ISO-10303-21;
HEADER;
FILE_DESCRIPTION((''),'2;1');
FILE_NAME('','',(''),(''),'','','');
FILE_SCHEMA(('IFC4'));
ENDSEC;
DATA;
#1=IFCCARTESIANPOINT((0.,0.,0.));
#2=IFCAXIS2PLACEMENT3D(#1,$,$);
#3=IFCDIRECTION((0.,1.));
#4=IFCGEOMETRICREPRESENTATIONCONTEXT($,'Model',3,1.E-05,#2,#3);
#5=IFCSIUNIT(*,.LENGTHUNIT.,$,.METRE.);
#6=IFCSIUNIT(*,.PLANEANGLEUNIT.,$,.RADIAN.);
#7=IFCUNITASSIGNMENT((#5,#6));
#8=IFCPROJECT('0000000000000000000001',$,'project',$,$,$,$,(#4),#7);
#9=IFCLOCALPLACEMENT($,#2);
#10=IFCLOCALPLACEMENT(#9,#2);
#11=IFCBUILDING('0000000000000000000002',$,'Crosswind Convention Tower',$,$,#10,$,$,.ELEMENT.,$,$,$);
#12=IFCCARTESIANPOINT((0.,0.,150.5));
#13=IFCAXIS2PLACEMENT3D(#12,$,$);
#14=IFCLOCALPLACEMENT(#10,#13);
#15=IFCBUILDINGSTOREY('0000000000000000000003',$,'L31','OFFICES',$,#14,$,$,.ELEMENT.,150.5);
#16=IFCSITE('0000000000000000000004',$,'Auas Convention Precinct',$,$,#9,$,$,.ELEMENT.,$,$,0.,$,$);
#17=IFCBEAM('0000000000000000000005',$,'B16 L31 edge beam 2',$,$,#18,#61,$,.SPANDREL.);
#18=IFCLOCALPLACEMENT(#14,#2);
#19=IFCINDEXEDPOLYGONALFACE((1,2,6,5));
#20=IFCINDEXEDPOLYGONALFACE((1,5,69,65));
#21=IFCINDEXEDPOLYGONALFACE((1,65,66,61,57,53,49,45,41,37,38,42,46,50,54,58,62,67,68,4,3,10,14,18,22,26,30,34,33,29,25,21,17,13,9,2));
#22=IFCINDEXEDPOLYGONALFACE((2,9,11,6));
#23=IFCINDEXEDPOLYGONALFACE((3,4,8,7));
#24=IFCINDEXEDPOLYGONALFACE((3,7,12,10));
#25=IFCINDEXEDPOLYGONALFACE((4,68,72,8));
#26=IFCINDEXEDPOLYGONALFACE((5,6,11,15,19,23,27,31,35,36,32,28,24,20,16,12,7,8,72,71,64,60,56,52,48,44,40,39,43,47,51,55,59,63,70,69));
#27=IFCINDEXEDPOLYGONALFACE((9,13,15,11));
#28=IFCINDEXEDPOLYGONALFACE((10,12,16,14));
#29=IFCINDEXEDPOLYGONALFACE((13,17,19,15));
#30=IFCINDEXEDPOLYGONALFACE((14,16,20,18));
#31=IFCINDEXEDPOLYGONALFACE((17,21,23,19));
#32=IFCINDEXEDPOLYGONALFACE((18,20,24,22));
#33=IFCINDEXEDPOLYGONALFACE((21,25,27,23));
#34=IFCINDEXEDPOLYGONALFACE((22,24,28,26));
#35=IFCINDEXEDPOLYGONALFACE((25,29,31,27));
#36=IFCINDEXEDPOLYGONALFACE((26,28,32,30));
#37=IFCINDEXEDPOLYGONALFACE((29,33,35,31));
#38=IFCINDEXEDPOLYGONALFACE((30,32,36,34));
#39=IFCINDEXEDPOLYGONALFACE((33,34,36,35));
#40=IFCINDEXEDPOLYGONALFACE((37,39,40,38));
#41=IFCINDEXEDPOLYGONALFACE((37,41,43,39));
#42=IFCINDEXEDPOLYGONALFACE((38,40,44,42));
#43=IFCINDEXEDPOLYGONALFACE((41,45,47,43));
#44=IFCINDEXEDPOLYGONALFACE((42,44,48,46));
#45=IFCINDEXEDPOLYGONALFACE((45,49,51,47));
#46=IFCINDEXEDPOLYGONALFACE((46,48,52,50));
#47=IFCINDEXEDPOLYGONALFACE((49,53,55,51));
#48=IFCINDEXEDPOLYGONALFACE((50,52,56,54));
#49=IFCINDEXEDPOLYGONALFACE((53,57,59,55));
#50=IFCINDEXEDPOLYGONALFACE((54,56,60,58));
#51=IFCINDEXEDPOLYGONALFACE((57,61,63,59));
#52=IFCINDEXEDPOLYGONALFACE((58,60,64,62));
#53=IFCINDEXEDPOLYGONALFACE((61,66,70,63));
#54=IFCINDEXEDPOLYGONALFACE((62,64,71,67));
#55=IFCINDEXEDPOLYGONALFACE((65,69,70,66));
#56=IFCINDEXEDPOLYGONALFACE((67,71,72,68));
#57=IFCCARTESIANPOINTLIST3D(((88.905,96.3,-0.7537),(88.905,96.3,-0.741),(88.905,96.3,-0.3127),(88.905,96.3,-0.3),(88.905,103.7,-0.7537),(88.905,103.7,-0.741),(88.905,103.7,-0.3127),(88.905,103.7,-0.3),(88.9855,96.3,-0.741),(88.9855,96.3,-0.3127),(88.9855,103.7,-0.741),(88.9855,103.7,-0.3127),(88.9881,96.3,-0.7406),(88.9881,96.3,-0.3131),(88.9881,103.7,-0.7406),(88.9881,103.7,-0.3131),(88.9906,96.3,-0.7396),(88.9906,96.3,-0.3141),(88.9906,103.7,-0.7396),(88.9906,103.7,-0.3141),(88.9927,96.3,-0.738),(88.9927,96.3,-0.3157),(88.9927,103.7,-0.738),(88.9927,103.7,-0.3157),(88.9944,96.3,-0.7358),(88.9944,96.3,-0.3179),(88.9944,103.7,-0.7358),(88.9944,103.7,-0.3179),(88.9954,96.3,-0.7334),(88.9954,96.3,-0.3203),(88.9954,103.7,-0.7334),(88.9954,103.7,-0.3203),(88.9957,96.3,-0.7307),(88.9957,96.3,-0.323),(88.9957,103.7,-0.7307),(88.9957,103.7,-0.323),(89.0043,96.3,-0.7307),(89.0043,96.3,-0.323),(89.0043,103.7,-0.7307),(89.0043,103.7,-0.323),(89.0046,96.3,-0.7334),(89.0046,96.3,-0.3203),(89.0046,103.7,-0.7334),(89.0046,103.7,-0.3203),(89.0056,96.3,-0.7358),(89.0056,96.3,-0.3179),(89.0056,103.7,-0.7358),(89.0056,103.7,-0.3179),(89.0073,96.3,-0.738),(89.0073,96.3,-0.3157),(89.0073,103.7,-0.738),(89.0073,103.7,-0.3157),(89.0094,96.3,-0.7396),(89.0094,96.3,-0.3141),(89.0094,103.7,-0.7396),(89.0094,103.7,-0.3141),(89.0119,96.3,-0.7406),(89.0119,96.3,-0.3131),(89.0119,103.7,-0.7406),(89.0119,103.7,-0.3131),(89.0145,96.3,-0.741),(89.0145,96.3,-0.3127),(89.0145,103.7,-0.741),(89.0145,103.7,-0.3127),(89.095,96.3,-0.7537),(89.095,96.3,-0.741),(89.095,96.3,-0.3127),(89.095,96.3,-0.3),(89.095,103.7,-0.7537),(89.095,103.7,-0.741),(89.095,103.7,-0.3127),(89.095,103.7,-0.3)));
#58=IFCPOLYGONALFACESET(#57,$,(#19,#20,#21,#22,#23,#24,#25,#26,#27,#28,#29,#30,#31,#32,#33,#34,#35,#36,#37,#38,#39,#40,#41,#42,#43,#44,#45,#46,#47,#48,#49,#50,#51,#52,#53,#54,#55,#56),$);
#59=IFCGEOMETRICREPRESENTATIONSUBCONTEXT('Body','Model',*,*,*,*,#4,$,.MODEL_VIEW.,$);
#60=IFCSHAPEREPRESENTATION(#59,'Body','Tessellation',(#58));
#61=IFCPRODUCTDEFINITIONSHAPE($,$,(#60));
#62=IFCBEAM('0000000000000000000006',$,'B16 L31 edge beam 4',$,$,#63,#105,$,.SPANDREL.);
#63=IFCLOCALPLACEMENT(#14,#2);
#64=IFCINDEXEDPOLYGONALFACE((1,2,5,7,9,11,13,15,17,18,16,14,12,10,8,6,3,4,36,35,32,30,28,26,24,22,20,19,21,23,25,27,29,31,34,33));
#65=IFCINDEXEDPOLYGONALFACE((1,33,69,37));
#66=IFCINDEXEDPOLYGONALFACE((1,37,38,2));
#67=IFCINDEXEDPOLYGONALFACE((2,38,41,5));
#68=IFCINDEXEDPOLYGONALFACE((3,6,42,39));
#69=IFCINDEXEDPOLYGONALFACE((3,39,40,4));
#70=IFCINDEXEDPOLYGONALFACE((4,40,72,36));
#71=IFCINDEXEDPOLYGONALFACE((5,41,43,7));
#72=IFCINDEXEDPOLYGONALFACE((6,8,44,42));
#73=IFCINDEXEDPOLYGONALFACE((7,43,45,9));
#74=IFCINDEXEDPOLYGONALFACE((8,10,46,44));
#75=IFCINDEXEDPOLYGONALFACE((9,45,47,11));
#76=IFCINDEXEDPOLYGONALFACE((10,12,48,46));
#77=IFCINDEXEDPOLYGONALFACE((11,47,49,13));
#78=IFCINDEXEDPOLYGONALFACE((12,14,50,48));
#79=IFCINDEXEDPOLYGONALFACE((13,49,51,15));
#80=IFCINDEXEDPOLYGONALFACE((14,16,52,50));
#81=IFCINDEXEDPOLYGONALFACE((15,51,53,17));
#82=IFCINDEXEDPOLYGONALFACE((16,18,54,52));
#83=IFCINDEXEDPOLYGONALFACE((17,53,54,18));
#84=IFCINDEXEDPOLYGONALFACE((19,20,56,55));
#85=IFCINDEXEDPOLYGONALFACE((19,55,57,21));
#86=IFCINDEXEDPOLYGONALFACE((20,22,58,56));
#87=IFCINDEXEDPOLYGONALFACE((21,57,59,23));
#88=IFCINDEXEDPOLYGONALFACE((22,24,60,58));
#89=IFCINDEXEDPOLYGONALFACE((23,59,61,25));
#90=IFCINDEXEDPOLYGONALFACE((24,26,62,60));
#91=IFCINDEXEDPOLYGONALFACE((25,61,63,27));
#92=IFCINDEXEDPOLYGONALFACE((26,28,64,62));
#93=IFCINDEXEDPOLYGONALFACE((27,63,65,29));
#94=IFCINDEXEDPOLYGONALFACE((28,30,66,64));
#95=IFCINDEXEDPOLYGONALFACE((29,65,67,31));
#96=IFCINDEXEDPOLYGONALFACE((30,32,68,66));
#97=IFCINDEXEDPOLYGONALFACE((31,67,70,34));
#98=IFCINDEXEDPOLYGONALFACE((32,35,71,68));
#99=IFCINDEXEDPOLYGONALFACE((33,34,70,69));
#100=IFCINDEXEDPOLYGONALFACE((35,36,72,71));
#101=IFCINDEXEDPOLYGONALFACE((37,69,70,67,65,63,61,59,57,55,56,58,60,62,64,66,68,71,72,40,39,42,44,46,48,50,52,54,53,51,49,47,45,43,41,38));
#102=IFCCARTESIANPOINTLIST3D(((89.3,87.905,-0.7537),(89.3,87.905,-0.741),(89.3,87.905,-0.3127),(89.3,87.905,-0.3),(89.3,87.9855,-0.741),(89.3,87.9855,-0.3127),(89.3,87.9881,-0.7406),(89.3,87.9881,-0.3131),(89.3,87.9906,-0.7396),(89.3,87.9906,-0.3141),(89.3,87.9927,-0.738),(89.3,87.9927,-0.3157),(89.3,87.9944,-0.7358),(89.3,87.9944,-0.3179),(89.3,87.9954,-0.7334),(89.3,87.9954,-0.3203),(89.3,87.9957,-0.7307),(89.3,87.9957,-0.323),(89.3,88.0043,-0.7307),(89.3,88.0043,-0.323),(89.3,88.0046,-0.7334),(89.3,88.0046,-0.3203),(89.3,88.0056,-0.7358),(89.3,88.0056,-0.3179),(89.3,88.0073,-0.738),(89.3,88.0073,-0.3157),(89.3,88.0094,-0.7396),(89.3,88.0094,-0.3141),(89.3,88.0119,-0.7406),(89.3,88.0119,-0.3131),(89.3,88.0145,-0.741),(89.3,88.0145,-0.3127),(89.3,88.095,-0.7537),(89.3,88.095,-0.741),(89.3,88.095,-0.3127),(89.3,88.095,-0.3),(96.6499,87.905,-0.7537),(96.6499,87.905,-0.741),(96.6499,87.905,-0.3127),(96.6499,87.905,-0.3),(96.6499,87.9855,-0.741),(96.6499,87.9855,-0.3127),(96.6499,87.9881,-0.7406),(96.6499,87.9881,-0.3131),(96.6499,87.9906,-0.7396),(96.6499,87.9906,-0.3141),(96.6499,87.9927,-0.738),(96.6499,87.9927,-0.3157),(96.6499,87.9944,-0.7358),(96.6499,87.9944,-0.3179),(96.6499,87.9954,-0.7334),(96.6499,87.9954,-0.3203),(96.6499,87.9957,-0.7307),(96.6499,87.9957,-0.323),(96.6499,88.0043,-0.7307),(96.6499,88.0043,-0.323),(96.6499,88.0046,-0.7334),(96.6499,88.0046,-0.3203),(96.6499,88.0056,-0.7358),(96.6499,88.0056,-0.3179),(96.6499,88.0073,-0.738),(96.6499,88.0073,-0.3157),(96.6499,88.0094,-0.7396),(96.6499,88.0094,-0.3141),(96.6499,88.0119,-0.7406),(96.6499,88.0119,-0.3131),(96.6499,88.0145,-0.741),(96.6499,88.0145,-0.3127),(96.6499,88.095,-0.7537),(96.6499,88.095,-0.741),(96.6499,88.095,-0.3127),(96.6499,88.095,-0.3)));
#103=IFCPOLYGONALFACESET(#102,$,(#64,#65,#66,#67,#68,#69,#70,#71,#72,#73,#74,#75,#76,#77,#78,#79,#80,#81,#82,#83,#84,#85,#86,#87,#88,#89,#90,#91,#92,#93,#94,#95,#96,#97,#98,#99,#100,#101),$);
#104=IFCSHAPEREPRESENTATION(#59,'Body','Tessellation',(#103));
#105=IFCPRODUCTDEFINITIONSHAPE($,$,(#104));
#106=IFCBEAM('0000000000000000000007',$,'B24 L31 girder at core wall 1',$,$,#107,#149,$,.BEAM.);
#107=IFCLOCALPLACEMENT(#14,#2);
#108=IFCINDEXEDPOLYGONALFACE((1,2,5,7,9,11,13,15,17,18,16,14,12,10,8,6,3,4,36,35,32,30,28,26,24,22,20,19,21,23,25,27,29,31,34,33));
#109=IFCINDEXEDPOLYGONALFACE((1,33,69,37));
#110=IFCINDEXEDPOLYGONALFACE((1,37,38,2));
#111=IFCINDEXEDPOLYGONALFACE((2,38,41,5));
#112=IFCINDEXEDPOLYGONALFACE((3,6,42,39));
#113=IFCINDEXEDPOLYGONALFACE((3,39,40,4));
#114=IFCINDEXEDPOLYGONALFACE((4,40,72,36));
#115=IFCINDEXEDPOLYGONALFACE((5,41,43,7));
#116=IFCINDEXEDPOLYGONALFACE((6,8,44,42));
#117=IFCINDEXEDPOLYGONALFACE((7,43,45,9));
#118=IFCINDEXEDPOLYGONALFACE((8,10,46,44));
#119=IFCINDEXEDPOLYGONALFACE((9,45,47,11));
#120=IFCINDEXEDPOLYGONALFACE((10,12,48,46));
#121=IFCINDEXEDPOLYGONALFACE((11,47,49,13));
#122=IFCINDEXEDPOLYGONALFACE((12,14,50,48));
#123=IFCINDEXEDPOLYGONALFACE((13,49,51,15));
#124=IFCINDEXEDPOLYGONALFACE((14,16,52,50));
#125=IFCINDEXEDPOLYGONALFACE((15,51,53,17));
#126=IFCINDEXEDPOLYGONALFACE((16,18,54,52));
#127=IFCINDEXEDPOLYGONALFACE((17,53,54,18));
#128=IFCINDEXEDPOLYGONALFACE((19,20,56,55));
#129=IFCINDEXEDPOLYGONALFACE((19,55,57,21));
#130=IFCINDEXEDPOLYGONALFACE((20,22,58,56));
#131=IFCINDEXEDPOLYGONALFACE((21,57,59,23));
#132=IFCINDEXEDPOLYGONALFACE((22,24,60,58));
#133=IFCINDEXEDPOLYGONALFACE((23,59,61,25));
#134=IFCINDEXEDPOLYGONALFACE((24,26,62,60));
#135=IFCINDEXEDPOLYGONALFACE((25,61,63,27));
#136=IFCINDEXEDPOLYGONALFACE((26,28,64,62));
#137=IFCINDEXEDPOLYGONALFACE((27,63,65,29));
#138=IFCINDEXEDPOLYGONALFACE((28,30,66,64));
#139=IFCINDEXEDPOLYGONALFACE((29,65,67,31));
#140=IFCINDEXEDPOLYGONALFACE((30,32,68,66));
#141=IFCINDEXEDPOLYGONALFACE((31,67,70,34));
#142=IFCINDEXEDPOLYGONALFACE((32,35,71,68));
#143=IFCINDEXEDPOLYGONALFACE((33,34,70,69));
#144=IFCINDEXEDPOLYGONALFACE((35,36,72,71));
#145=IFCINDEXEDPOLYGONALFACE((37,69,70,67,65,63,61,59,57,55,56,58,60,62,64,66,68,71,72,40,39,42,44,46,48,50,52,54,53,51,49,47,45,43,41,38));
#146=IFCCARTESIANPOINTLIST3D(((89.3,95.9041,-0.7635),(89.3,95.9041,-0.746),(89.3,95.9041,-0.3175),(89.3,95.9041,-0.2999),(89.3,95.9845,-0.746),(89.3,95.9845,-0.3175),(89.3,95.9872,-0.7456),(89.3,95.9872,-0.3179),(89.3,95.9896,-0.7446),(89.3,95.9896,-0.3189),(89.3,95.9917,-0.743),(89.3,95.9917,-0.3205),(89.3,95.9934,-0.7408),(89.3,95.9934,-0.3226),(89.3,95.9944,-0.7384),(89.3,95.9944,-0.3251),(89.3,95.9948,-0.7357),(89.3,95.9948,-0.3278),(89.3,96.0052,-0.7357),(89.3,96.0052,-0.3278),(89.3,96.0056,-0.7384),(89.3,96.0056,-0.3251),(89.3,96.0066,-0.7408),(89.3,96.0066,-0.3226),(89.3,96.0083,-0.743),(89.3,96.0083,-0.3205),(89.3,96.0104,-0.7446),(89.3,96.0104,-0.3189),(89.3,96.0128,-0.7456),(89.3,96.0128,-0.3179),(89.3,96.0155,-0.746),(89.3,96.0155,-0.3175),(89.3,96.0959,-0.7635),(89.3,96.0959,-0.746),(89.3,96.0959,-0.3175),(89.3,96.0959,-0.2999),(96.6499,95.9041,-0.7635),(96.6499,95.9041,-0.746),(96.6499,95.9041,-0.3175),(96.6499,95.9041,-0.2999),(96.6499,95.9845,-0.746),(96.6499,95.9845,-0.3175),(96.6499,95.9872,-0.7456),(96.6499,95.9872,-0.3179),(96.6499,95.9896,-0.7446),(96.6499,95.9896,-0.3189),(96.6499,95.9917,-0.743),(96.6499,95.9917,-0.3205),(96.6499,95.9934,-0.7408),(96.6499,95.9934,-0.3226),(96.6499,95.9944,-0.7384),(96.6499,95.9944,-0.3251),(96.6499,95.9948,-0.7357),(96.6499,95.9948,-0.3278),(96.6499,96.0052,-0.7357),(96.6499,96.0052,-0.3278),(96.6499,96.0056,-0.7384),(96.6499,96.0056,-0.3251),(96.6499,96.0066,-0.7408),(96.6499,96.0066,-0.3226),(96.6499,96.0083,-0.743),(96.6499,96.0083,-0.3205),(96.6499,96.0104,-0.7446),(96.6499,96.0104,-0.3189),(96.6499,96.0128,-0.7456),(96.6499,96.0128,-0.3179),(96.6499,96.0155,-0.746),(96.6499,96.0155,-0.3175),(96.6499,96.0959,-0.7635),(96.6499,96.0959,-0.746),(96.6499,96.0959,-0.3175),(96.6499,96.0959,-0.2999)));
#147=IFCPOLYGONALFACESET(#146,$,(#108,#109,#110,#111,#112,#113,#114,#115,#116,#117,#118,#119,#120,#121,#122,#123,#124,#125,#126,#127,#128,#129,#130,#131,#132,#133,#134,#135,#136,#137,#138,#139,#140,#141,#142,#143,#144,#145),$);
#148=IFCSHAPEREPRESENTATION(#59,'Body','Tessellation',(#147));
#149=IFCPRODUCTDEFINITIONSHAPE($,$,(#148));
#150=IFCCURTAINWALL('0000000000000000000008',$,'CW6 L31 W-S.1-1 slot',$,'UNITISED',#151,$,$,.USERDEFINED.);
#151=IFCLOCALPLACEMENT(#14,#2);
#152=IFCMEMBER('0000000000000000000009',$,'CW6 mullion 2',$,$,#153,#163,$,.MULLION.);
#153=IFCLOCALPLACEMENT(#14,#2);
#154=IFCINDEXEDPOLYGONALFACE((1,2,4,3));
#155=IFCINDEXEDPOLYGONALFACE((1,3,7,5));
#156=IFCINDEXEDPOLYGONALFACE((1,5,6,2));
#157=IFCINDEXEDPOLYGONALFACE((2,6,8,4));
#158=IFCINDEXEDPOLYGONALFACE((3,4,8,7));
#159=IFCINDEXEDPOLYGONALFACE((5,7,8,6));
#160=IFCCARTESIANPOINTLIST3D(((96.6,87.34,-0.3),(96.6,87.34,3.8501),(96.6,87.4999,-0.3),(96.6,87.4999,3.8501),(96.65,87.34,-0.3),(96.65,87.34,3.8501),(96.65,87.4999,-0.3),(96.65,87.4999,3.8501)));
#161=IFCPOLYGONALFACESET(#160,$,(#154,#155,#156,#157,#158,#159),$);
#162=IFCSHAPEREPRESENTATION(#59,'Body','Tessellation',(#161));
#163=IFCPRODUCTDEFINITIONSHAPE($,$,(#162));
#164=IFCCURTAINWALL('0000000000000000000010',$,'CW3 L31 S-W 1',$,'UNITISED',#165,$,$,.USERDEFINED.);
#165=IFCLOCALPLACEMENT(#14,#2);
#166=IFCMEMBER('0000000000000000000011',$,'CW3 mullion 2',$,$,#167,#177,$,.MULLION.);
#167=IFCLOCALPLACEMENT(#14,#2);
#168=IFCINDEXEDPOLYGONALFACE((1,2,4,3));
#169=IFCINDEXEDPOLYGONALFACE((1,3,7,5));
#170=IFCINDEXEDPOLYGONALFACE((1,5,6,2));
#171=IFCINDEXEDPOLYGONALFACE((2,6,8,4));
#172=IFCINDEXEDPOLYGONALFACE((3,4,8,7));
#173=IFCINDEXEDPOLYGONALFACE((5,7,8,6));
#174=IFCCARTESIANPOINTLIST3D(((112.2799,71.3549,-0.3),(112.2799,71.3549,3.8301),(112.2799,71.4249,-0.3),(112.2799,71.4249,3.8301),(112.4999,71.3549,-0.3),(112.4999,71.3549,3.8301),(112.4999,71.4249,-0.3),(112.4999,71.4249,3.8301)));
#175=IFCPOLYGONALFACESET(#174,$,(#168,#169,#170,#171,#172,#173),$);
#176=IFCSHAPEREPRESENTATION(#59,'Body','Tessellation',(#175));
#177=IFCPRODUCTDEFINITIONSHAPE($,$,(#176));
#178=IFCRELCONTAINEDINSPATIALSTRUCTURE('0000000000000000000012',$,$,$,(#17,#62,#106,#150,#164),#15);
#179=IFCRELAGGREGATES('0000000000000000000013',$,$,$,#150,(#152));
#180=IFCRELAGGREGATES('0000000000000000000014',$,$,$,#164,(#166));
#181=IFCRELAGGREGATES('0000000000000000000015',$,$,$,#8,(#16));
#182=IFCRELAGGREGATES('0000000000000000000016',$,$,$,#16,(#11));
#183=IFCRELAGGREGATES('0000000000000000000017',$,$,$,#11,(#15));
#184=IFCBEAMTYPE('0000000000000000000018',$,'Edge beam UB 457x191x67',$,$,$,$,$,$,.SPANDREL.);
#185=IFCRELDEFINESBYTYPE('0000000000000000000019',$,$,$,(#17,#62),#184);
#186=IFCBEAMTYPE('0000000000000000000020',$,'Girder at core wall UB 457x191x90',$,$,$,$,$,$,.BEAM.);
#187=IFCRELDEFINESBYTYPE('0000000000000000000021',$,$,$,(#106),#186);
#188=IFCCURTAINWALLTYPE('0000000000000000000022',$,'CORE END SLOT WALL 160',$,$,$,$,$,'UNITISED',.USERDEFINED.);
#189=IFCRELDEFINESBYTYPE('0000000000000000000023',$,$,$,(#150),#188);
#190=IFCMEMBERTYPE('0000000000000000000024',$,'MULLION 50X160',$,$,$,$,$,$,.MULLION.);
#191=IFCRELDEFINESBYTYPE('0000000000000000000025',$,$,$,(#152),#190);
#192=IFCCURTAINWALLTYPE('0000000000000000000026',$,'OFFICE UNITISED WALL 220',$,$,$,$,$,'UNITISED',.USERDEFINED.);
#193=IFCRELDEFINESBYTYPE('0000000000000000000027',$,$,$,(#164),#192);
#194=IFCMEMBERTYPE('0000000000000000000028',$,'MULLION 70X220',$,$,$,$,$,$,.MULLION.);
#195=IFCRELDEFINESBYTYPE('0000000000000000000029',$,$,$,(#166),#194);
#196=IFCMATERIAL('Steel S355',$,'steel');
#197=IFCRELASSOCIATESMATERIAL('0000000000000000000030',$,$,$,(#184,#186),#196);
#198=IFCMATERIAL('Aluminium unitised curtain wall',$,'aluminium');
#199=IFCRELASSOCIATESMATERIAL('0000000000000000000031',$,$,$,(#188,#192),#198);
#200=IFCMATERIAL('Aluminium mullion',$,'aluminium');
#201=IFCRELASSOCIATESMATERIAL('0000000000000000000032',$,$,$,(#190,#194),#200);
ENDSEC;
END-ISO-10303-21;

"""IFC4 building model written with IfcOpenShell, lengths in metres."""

from ifc_helpers import new_model, si_unit, direction, frame, origin, origin_2d, place, context, subcontext, project, spatial, rectangle, i_section, extrude, material, material_profile, profile_set, type_object, element, aggregate, save


model = new_model("IFC4")

# Units and contexts
model_context = context("Model", 3, precision=1e-05, world=origin(), true_north=direction((0.0, 1.0)))
body_context = subcontext(model_context, "Body", "Model", "MODEL_VIEW")
ifc_project = project(units=[si_unit("LENGTHUNIT", "METRE"), si_unit("PLANEANGLEUNIT", "RADIAN")], contexts=[model_context])

# Site, building, storey
site_placement = place(None, origin())
site = spatial("IfcSite", under=ifc_project, at=site_placement, Name="Auas Convention Precinct", CompositionType="ELEMENT", RefElevation=0.0)
building_placement = place(site_placement, origin())
building = spatial("IfcBuilding", under=site, at=building_placement, Name="Crosswind Convention Tower", CompositionType="ELEMENT")
storey_placement = place(building_placement, frame((0.0, 0.0, 150.5)))
storey = spatial("IfcBuildingStorey", under=building, at=storey_placement, Name="L31", Description="OFFICES", CompositionType="ELEMENT", Elevation=150.5)

# Beams
ifc_material_1 = material(Name="Steel S355", Category="steel")
ifc_material_profile_1 = material_profile(ifc_material_1, i_section(OverallWidth=0.1899, OverallDepth=0.4536, WebThickness=0.0085, FlangeThickness=0.0127, FilletRadius=0.0103, at=origin_2d()), Name="UB 457x191x67")
ifc_profile_set_1 = profile_set([ifc_material_profile_1], Name="Steel S355")
beam_type_1 = type_object("IfcBeamType", Name="Edge beam UB 457x191x67", PredefinedType="SPANDREL", material=ifc_profile_set_1)
beam_1_placement = place(storey_placement, frame((89.0, 96.3, -0.5269), z_axis=(0.0, 1.0, 0.0), x_axis=(-1.0, 0.0, 0.0)))
element("IfcBeam", 1, at=beam_1_placement, inside=storey, type_object=beam_type_1, Name="B16 L31 edge beam 2", PredefinedType="SPANDREL", context=body_context, shape_type="SweptSolid", body=[
    extrude(i_section(OverallWidth=0.1899, OverallDepth=0.4536, WebThickness=0.0085, FlangeThickness=0.0127, FilletRadius=0.0103, at=origin_2d()), origin(), (0.0, 0.0, 1.0), 7.3999),
])
beam_2_placement = place(storey_placement, frame((89.3, 88.0, -0.5269), z_axis=(1.0, 0.0, 0.0), x_axis=(0.0, 1.0, 0.0)))
element("IfcBeam", 2, at=beam_2_placement, inside=storey, type_object=beam_type_1, Name="B16 L31 edge beam 4", PredefinedType="SPANDREL", context=body_context, shape_type="SweptSolid", body=[
    extrude(i_section(OverallWidth=0.1899, OverallDepth=0.4536, WebThickness=0.0085, FlangeThickness=0.0127, FilletRadius=0.0103, at=origin_2d()), origin(), (0.0, 0.0, 1.0), 7.3499),
])
ifc_material_profile_2 = material_profile(ifc_material_1, i_section(OverallWidth=0.1919, OverallDepth=0.4636, WebThickness=0.0105, FlangeThickness=0.0176, FilletRadius=0.0103, at=origin_2d()), Name="UB 457x191x90")
ifc_profile_set_2 = profile_set([ifc_material_profile_2], Name="Steel S355")
beam_type_2 = type_object("IfcBeamType", Name="Girder at core wall UB 457x191x90", PredefinedType="BEAM", material=ifc_profile_set_2)
beam_3_placement = place(storey_placement, frame((89.3, 96.0, -0.5317), z_axis=(1.0, 0.0, 0.0), x_axis=(0.0, 1.0, 0.0)))
element("IfcBeam", 3, at=beam_3_placement, inside=storey, type_object=beam_type_2, Name="B24 L31 girder at core wall 1", PredefinedType="BEAM", context=body_context, shape_type="SweptSolid", body=[
    extrude(i_section(OverallWidth=0.1919, OverallDepth=0.4636, WebThickness=0.0105, FlangeThickness=0.0176, FilletRadius=0.0103, at=origin_2d()), origin(), (0.0, 0.0, 1.0), 7.3499),
])

# Curtain walls, members
ifc_material_2 = material(Name="Aluminium unitised curtain wall", Category="aluminium")
curtain_wall_type_1 = type_object("IfcCurtainWallType", Name="CORE END SLOT WALL 160", ElementType="UNITISED", PredefinedType="USERDEFINED", material=ifc_material_2)
curtain_wall_1_placement = place(storey_placement, origin())
curtain_wall_1 = element("IfcCurtainWall", 4, at=curtain_wall_1_placement, inside=storey, type_object=curtain_wall_type_1, Name="CW6 L31 W-S.1-1 slot", ObjectType="UNITISED", PredefinedType="USERDEFINED")
ifc_material_3 = material(Name="Aluminium mullion", Category="aluminium")
ifc_material_profile_3 = material_profile(ifc_material_3, rectangle(XDim=0.1599, YDim=0.05, at=origin_2d()), Name="AL 160X50")
ifc_profile_set_3 = profile_set([ifc_material_profile_3], Name="Aluminium mullion")
member_type_1 = type_object("IfcMemberType", Name="MULLION 50X160", PredefinedType="MULLION", material=ifc_profile_set_3)
member_1_placement = place(storey_placement, frame((96.625, 87.4199, -0.3), z_axis=(0.0, 0.0, 1.0), x_axis=(0.0, -1.0, 0.0)))
member_1 = element("IfcMember", 5, at=member_1_placement, type_object=member_type_1, Name="CW6 mullion 2", PredefinedType="MULLION", context=body_context, shape_type="SweptSolid", body=[
    extrude(rectangle(XDim=0.1599, YDim=0.05, at=origin_2d()), origin(), (0.0, 0.0, 1.0), 4.1501),
])
aggregate(curtain_wall_1, [member_1])
curtain_wall_type_2 = type_object("IfcCurtainWallType", Name="OFFICE UNITISED WALL 220", ElementType="UNITISED", PredefinedType="USERDEFINED", material=ifc_material_2)
curtain_wall_2_placement = place(storey_placement, origin())
curtain_wall_2 = element("IfcCurtainWall", 6, at=curtain_wall_2_placement, inside=storey, type_object=curtain_wall_type_2, Name="CW3 L31 S-W 1", ObjectType="UNITISED", PredefinedType="USERDEFINED")
ifc_material_profile_4 = material_profile(ifc_material_3, rectangle(XDim=0.22, YDim=0.0701, at=origin_2d()), Name="AL 220X70")
ifc_profile_set_4 = profile_set([ifc_material_profile_4], Name="Aluminium mullion")
member_type_2 = type_object("IfcMemberType", Name="MULLION 70X220", PredefinedType="MULLION", material=ifc_profile_set_4)
member_2_placement = place(storey_placement, frame((112.3899, 71.3899, -0.3), z_axis=(0.0, 0.0, 1.0), x_axis=(-1.0, 0.0, 0.0)))
member_2 = element("IfcMember", 7, at=member_2_placement, type_object=member_type_2, Name="CW3 mullion 2", PredefinedType="MULLION", context=body_context, shape_type="SweptSolid", body=[
    extrude(rectangle(XDim=0.22, YDim=0.0701, at=origin_2d()), origin(), (0.0, 0.0, 1.0), 4.1301),
])

aggregate(curtain_wall_2, [member_2])

save(model, "model.ifc")
